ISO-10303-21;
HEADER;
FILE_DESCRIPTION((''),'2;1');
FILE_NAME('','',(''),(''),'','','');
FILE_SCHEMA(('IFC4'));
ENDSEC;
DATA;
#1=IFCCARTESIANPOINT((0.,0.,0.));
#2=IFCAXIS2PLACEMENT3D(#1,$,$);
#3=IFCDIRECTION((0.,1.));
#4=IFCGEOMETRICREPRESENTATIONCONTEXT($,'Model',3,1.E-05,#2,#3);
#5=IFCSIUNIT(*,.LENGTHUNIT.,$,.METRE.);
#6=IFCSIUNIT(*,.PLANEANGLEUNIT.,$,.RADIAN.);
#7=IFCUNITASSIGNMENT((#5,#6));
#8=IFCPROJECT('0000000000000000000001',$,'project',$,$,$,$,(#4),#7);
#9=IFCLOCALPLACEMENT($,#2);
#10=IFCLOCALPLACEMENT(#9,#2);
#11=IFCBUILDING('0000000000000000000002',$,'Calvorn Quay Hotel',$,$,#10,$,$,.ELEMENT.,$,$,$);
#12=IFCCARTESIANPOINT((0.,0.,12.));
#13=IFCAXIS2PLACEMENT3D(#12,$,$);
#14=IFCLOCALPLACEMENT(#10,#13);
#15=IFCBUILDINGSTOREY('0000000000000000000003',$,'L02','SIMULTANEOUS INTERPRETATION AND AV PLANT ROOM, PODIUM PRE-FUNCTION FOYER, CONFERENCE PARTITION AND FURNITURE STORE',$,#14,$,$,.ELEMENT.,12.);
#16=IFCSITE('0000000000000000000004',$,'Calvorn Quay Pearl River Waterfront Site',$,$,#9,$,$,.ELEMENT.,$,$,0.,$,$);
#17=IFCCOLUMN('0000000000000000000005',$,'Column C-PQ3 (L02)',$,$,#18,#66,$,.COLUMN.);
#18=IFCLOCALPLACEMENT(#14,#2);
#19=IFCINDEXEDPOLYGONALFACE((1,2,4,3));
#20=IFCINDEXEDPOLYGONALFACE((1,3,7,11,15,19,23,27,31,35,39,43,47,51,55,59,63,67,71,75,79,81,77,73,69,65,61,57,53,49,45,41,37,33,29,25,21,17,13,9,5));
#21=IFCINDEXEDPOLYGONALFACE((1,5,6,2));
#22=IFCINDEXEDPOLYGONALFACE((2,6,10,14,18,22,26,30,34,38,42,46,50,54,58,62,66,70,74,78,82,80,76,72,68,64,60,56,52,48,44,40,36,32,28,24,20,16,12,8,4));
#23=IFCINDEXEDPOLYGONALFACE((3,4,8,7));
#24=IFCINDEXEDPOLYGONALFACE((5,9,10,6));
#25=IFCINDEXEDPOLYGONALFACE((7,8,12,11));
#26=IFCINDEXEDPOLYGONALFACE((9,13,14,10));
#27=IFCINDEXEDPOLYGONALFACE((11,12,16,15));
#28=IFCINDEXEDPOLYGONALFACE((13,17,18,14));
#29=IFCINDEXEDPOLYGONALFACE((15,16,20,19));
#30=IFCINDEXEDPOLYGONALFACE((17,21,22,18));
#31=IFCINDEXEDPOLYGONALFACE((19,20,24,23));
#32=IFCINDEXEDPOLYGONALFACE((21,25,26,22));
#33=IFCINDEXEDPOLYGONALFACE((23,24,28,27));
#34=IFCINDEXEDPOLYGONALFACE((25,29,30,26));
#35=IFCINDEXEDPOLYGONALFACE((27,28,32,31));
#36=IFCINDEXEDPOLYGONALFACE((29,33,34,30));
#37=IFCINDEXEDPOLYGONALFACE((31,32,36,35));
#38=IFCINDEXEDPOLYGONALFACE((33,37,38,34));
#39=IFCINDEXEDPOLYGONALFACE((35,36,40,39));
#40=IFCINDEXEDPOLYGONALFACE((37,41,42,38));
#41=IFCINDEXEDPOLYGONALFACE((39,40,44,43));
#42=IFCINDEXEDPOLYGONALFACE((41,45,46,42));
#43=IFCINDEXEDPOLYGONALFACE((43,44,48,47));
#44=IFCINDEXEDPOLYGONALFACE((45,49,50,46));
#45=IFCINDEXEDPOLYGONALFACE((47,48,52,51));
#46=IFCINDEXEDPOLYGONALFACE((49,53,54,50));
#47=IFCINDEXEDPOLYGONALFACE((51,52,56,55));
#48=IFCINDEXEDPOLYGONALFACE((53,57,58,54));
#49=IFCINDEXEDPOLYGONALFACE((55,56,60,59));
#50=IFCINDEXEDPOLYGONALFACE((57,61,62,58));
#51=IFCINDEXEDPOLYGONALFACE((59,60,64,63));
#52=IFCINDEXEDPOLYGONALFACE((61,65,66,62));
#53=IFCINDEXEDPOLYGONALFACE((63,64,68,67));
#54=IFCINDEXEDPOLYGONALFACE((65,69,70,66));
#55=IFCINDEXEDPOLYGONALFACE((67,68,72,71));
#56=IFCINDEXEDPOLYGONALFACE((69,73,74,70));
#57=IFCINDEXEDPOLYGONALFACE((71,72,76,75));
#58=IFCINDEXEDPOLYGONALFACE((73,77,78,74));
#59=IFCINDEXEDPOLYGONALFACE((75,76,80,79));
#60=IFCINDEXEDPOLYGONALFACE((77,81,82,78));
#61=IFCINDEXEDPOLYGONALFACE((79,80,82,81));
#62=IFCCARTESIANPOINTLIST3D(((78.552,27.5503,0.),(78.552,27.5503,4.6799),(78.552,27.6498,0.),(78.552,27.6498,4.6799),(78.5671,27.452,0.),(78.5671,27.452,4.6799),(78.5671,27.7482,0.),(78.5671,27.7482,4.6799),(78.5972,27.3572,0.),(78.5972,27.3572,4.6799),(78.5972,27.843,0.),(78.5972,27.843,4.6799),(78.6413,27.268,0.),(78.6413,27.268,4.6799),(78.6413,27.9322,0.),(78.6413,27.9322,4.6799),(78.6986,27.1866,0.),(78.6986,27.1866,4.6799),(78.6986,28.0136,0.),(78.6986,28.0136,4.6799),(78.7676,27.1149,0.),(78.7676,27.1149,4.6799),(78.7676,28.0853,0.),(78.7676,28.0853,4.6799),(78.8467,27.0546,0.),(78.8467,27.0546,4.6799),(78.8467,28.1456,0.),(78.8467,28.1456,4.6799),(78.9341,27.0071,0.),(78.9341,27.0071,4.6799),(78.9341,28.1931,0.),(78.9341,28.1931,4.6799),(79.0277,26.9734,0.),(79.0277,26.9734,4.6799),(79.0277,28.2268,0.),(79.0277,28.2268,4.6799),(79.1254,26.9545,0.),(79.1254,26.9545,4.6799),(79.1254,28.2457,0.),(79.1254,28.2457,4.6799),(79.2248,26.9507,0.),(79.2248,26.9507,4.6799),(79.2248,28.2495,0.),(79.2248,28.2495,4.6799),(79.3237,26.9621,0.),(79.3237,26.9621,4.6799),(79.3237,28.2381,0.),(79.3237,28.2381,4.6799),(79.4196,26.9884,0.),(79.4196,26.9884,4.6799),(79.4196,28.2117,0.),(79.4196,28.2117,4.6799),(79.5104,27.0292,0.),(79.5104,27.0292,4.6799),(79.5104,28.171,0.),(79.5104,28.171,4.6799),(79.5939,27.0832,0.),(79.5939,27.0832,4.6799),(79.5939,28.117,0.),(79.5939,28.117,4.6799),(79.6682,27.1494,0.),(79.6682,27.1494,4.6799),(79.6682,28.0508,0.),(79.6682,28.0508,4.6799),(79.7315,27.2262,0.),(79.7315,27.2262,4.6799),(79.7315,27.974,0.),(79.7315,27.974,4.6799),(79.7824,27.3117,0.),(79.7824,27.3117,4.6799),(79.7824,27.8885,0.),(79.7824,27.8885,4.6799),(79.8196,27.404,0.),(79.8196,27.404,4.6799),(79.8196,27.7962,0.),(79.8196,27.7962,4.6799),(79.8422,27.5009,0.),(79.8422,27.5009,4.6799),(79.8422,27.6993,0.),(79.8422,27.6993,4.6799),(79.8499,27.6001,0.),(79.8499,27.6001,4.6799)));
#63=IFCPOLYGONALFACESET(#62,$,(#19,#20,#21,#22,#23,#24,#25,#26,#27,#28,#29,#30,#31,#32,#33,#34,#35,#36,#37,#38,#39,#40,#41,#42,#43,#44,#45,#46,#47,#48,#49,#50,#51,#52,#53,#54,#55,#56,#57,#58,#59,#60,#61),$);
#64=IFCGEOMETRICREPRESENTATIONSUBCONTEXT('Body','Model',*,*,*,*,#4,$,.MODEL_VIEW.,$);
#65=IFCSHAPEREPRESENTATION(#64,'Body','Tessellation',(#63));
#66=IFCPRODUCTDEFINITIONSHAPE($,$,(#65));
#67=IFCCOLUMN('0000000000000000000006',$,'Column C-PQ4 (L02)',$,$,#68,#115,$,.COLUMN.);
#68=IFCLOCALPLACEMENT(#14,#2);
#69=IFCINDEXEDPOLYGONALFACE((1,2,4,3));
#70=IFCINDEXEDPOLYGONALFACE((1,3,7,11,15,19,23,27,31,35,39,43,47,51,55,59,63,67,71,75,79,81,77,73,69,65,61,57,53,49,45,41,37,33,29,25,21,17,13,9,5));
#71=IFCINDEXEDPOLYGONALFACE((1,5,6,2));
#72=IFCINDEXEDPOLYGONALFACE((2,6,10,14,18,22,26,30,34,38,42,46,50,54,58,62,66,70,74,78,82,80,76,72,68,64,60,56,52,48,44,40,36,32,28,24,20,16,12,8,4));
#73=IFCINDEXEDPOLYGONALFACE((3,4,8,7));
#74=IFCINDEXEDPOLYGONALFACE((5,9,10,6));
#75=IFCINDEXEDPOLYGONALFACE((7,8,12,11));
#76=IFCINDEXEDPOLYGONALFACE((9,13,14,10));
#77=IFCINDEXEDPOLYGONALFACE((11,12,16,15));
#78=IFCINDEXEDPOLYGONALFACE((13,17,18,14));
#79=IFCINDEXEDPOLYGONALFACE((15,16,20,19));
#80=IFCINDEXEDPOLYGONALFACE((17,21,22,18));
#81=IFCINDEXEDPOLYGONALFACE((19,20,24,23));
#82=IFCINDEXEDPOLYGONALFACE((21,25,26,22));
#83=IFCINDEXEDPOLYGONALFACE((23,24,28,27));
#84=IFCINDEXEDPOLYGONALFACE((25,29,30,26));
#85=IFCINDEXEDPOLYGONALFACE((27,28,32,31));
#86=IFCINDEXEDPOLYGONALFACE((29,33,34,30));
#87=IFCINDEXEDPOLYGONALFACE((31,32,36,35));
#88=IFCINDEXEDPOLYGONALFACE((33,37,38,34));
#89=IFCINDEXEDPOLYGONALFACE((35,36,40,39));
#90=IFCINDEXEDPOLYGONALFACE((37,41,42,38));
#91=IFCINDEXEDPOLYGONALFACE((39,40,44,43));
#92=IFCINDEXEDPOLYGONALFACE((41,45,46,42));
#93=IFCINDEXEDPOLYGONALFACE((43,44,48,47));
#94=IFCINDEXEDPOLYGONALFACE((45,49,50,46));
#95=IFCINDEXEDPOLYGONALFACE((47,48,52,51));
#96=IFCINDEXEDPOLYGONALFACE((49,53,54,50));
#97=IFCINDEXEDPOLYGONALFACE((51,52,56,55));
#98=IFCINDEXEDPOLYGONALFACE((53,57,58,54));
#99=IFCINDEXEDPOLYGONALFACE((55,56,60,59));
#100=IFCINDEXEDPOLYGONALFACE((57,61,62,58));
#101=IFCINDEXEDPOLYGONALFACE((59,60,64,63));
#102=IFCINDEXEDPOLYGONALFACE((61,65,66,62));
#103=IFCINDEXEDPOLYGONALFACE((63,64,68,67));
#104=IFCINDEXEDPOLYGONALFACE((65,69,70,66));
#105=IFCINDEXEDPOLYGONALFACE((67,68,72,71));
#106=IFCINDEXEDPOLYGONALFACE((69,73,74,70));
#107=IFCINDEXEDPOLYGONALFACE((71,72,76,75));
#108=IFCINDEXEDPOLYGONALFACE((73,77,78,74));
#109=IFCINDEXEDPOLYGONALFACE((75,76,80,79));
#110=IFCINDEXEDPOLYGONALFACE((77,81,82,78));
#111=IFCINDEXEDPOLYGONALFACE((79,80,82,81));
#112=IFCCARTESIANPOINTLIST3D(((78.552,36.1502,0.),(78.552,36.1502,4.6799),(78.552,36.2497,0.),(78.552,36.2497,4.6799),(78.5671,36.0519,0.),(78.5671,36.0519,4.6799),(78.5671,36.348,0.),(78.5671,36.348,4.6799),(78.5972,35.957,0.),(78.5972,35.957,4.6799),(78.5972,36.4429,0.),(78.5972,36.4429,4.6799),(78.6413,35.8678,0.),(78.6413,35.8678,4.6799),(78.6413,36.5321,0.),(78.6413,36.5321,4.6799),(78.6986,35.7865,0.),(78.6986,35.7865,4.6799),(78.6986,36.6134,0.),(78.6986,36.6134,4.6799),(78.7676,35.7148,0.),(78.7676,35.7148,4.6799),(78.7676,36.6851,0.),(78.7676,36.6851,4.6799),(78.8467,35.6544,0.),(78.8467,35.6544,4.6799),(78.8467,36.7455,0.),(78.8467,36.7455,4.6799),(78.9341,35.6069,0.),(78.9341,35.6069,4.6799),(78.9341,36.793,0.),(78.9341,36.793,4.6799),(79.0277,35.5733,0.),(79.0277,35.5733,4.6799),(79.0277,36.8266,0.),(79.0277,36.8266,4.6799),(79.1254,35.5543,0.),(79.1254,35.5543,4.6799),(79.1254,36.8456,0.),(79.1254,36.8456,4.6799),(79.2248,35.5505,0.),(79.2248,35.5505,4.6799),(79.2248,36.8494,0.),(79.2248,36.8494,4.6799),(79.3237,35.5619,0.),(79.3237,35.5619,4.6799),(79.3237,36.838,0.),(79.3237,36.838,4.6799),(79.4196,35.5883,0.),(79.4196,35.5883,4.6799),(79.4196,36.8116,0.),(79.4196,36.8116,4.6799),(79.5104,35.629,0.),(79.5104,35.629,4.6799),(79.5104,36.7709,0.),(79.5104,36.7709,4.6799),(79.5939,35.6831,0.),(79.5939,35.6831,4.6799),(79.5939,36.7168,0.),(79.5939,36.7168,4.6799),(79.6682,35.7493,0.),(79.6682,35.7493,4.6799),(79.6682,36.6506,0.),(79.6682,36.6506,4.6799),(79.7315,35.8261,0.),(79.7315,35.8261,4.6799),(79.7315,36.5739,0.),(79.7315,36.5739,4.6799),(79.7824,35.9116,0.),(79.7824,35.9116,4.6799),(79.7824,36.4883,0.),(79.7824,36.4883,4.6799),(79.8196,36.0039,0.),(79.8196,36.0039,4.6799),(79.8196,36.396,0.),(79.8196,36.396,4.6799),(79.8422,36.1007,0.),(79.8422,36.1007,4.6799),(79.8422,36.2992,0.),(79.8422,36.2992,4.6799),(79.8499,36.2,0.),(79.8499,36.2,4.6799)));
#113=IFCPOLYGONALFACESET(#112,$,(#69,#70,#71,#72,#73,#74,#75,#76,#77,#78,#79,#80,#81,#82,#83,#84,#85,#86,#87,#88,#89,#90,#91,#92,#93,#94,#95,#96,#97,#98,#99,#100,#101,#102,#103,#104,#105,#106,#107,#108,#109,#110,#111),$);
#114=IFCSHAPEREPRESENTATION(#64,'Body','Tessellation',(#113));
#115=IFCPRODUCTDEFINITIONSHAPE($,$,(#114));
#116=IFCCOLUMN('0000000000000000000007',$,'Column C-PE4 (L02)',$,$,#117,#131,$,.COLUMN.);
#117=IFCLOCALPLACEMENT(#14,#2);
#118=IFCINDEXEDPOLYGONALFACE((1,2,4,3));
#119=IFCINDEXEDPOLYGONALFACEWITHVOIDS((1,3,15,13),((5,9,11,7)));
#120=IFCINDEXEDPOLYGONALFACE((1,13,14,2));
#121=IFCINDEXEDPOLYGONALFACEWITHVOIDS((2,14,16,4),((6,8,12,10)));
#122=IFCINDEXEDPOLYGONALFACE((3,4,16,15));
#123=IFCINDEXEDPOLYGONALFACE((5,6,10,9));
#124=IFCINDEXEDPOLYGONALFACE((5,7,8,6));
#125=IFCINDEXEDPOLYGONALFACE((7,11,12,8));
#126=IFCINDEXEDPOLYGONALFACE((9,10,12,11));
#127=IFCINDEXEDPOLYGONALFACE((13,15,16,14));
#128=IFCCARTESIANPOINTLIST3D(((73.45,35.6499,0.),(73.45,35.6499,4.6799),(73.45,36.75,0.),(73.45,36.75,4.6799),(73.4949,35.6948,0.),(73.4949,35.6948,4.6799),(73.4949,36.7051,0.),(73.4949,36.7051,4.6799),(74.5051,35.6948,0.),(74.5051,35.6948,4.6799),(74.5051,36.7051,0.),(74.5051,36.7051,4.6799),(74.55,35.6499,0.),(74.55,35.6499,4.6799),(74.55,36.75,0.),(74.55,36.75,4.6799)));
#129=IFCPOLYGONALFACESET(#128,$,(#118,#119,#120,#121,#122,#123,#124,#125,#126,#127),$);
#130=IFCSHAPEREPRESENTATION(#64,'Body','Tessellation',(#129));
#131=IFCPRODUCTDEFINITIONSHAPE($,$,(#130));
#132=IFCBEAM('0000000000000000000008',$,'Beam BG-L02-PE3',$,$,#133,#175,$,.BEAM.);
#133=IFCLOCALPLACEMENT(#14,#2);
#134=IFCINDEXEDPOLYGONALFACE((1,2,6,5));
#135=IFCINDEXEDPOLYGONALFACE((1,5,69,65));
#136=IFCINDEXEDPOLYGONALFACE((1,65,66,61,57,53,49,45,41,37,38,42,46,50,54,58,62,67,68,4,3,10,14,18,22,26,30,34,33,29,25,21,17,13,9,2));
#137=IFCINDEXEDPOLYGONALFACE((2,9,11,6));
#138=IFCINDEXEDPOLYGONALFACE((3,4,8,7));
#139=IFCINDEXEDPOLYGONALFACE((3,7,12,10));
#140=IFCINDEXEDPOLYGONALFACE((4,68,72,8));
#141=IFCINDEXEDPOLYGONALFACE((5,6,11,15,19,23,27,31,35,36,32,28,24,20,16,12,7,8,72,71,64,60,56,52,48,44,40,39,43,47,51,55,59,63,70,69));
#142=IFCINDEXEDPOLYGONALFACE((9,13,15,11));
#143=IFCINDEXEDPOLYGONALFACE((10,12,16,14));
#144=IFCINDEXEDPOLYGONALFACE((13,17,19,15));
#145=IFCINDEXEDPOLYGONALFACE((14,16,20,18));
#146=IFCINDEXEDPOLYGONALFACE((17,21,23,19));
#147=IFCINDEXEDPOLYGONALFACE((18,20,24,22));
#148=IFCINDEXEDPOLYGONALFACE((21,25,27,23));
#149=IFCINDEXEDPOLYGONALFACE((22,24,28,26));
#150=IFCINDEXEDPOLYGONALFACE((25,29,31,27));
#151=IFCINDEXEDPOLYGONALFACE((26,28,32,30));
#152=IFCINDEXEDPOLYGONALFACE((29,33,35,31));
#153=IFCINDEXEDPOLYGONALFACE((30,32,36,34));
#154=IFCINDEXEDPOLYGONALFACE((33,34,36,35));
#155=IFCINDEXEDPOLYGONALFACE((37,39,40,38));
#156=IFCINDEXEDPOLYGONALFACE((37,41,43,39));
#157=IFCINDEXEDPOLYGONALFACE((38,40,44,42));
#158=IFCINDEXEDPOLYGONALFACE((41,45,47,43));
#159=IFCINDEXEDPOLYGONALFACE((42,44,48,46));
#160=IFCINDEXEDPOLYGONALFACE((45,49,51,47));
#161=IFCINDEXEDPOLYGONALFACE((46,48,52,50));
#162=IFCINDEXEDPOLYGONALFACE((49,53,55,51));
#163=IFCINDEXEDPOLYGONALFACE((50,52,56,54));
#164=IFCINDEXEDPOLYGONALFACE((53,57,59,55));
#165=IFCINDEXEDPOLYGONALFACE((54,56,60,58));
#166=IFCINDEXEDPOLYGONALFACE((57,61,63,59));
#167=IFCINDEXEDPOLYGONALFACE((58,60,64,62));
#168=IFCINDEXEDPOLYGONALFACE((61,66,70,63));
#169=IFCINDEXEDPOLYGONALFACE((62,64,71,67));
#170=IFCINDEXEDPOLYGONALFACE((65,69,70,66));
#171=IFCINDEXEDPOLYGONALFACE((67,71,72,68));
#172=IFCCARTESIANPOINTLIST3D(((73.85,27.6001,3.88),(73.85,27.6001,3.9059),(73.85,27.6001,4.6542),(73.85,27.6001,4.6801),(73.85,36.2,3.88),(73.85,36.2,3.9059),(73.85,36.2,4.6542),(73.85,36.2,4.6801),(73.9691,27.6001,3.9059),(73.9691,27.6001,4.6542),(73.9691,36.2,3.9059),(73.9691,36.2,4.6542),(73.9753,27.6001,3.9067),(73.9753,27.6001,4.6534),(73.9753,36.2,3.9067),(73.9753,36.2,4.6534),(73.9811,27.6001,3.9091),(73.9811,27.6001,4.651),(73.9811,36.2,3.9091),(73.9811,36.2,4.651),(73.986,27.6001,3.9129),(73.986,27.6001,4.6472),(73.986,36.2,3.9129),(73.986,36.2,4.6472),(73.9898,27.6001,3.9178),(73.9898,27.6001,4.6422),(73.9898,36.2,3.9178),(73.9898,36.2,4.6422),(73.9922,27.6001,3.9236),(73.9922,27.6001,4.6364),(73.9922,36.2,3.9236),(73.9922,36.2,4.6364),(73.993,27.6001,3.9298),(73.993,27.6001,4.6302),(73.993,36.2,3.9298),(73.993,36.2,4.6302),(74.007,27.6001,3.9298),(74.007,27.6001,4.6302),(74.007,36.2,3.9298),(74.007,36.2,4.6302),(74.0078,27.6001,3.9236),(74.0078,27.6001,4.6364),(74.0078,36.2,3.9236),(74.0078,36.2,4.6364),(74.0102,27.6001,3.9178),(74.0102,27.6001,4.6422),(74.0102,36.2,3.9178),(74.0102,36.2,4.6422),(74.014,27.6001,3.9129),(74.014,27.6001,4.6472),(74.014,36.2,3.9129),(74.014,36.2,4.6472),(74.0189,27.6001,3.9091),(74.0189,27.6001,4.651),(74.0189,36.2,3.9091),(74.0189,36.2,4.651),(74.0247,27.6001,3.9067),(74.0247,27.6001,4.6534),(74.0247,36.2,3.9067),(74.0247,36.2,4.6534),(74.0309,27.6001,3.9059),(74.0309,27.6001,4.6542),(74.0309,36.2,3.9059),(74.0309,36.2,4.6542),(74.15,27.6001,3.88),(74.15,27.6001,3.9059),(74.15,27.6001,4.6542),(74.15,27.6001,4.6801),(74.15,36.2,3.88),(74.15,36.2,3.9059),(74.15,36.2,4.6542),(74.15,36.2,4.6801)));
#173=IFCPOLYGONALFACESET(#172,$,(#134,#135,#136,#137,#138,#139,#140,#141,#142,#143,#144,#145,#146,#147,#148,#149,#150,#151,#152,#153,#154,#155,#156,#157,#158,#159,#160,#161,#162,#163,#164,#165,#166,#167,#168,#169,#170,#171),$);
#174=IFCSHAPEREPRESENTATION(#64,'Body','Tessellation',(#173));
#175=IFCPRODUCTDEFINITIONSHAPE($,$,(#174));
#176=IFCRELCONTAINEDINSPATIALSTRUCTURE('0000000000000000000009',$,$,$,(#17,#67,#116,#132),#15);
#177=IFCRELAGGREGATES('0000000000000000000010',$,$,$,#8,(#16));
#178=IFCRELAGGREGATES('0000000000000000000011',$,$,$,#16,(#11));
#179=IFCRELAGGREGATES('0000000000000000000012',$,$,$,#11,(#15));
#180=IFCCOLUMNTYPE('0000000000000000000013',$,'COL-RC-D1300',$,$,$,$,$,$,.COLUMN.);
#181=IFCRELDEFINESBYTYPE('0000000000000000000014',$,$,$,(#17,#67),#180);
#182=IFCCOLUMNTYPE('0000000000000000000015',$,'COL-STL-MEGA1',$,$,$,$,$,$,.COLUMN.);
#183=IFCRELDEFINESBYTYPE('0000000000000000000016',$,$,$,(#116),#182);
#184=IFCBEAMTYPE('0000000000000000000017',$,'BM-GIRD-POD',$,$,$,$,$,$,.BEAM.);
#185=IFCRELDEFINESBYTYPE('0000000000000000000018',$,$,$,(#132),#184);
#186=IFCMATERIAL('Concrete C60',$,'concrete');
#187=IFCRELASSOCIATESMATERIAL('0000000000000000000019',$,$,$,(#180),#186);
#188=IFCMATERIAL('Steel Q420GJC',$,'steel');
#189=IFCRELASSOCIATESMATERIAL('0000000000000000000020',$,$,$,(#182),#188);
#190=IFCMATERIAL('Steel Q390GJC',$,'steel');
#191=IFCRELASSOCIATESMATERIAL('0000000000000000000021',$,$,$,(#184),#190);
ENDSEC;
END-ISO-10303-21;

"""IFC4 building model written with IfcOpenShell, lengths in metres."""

from ifc_helpers import new_model, si_unit, direction, frame, origin, origin_2d, place, context, subcontext, project, spatial, hollow_rectangle, circle, i_section, extrude, material, material_profile, profile_set, type_object, element, save


model = new_model("IFC4")

# Units and contexts
model_context = context("Model", 3, precision=1e-05, world=origin(), true_north=direction((0.0, 1.0)))
body_context = subcontext(model_context, "Body", "Model", "MODEL_VIEW")
ifc_project = project(units=[si_unit("LENGTHUNIT", "METRE"), si_unit("PLANEANGLEUNIT", "RADIAN")], contexts=[model_context])

# Site, building, storey
site_placement = place(None, origin())
site = spatial("IfcSite", under=ifc_project, at=site_placement, Name="Calvorn Quay Pearl River Waterfront Site", CompositionType="ELEMENT", RefElevation=0.0)
building_placement = place(site_placement, origin())
building = spatial("IfcBuilding", under=site, at=building_placement, Name="Calvorn Quay Hotel", CompositionType="ELEMENT")
storey_placement = place(building_placement, frame((0.0, 0.0, 12.0)))
storey = spatial("IfcBuildingStorey", under=building, at=storey_placement, Name="L02", Description="SIMULTANEOUS INTERPRETATION AND AV PLANT ROOM, PODIUM PRE-FUNCTION FOYER, CONFERENCE PARTITION AND FURNITURE STORE", CompositionType="ELEMENT", Elevation=12.0)

# Columns
ifc_material_1 = material(Name="Concrete C60", Category="concrete")
ifc_material_profile_1 = material_profile(ifc_material_1, circle(Radius=0.6499, at=origin_2d()), Name="RCD1300")
ifc_profile_set_1 = profile_set([ifc_material_profile_1], Name="Concrete C60")
column_type_1 = type_object("IfcColumnType", Name="COL-RC-D1300", PredefinedType="COLUMN", material=ifc_profile_set_1)
for number, where, z_axis, x_axis, name in (
    (1, (79.2, 27.6001, 0.0), (0.0, 0.0, 1.0), (1.0, 0.0, 0.0), "Column C-PQ3 (L02)"),
    (2, (79.2, 36.2, 0.0), (0.0, 0.0, 1.0), (1.0, 0.0, 0.0), "Column C-PQ4 (L02)"),
):
    element("IfcColumn", number, at=place(storey_placement, frame(where, z_axis=z_axis, x_axis=x_axis)), inside=storey, type_object=column_type_1, Name=name, PredefinedType="COLUMN", context=body_context, shape_type="SweptSolid", body=[
        extrude(circle(Radius=0.6499, at=origin_2d()), origin(), (0.0, 0.0, 1.0), 4.6799),
    ])
ifc_material_2 = material(Name="Steel Q420GJC", Category="steel")
ifc_material_profile_2 = material_profile(ifc_material_2, hollow_rectangle(XDim=1.1001, YDim=1.1001, WallThickness=0.0449, at=origin_2d()), Name="BOX1100x1100x45")
ifc_profile_set_2 = profile_set([ifc_material_profile_2], Name="Steel Q420GJC")
column_type_2 = type_object("IfcColumnType", Name="COL-STL-MEGA1", PredefinedType="COLUMN", material=ifc_profile_set_2)
column_placement = place(storey_placement, frame((74.0, 36.2, 0.0), z_axis=(0.0, 0.0, 1.0), x_axis=(1.0, 0.0, 0.0)))
element("IfcColumn", 3, at=column_placement, inside=storey, type_object=column_type_2, Name="Column C-PE4 (L02)", PredefinedType="COLUMN", context=body_context, shape_type="SweptSolid", body=[
    extrude(hollow_rectangle(XDim=1.1001, YDim=1.1001, WallThickness=0.0449, at=origin_2d()), origin(), (0.0, 0.0, 1.0), 4.6799),
])

# Beam
ifc_material_3 = material(Name="Steel Q390GJC", Category="steel")
ifc_material_profile_3 = material_profile(ifc_material_3, i_section(OverallWidth=0.3, OverallDepth=0.8, WebThickness=0.0139, FlangeThickness=0.0259, FilletRadius=0.0239, at=origin_2d()), Name="HN800x300x14x26")
ifc_profile_set_3 = profile_set([ifc_material_profile_3], Name="Steel Q390GJC")
beam_type = type_object("IfcBeamType", Name="BM-GIRD-POD", PredefinedType="BEAM", material=ifc_profile_set_3)
beam_1_placement = place(storey_placement, frame((74.0, 27.6001, 4.28), z_axis=(0.0, 1.0, 0.0), x_axis=(-1.0, 0.0, 0.0)))
element("IfcBeam", 4, at=beam_1_placement, inside=storey, type_object=beam_type, Name="Beam BG-L02-PE3", PredefinedType="BEAM", context=body_context, shape_type="SweptSolid", body=[
    extrude(i_section(OverallWidth=0.3, OverallDepth=0.8, WebThickness=0.0139, FlangeThickness=0.0259, FilletRadius=0.0239, at=origin_2d()), origin(), (0.0, 0.0, 1.0), 8.5999),
])

save(model, "model.ifc")
